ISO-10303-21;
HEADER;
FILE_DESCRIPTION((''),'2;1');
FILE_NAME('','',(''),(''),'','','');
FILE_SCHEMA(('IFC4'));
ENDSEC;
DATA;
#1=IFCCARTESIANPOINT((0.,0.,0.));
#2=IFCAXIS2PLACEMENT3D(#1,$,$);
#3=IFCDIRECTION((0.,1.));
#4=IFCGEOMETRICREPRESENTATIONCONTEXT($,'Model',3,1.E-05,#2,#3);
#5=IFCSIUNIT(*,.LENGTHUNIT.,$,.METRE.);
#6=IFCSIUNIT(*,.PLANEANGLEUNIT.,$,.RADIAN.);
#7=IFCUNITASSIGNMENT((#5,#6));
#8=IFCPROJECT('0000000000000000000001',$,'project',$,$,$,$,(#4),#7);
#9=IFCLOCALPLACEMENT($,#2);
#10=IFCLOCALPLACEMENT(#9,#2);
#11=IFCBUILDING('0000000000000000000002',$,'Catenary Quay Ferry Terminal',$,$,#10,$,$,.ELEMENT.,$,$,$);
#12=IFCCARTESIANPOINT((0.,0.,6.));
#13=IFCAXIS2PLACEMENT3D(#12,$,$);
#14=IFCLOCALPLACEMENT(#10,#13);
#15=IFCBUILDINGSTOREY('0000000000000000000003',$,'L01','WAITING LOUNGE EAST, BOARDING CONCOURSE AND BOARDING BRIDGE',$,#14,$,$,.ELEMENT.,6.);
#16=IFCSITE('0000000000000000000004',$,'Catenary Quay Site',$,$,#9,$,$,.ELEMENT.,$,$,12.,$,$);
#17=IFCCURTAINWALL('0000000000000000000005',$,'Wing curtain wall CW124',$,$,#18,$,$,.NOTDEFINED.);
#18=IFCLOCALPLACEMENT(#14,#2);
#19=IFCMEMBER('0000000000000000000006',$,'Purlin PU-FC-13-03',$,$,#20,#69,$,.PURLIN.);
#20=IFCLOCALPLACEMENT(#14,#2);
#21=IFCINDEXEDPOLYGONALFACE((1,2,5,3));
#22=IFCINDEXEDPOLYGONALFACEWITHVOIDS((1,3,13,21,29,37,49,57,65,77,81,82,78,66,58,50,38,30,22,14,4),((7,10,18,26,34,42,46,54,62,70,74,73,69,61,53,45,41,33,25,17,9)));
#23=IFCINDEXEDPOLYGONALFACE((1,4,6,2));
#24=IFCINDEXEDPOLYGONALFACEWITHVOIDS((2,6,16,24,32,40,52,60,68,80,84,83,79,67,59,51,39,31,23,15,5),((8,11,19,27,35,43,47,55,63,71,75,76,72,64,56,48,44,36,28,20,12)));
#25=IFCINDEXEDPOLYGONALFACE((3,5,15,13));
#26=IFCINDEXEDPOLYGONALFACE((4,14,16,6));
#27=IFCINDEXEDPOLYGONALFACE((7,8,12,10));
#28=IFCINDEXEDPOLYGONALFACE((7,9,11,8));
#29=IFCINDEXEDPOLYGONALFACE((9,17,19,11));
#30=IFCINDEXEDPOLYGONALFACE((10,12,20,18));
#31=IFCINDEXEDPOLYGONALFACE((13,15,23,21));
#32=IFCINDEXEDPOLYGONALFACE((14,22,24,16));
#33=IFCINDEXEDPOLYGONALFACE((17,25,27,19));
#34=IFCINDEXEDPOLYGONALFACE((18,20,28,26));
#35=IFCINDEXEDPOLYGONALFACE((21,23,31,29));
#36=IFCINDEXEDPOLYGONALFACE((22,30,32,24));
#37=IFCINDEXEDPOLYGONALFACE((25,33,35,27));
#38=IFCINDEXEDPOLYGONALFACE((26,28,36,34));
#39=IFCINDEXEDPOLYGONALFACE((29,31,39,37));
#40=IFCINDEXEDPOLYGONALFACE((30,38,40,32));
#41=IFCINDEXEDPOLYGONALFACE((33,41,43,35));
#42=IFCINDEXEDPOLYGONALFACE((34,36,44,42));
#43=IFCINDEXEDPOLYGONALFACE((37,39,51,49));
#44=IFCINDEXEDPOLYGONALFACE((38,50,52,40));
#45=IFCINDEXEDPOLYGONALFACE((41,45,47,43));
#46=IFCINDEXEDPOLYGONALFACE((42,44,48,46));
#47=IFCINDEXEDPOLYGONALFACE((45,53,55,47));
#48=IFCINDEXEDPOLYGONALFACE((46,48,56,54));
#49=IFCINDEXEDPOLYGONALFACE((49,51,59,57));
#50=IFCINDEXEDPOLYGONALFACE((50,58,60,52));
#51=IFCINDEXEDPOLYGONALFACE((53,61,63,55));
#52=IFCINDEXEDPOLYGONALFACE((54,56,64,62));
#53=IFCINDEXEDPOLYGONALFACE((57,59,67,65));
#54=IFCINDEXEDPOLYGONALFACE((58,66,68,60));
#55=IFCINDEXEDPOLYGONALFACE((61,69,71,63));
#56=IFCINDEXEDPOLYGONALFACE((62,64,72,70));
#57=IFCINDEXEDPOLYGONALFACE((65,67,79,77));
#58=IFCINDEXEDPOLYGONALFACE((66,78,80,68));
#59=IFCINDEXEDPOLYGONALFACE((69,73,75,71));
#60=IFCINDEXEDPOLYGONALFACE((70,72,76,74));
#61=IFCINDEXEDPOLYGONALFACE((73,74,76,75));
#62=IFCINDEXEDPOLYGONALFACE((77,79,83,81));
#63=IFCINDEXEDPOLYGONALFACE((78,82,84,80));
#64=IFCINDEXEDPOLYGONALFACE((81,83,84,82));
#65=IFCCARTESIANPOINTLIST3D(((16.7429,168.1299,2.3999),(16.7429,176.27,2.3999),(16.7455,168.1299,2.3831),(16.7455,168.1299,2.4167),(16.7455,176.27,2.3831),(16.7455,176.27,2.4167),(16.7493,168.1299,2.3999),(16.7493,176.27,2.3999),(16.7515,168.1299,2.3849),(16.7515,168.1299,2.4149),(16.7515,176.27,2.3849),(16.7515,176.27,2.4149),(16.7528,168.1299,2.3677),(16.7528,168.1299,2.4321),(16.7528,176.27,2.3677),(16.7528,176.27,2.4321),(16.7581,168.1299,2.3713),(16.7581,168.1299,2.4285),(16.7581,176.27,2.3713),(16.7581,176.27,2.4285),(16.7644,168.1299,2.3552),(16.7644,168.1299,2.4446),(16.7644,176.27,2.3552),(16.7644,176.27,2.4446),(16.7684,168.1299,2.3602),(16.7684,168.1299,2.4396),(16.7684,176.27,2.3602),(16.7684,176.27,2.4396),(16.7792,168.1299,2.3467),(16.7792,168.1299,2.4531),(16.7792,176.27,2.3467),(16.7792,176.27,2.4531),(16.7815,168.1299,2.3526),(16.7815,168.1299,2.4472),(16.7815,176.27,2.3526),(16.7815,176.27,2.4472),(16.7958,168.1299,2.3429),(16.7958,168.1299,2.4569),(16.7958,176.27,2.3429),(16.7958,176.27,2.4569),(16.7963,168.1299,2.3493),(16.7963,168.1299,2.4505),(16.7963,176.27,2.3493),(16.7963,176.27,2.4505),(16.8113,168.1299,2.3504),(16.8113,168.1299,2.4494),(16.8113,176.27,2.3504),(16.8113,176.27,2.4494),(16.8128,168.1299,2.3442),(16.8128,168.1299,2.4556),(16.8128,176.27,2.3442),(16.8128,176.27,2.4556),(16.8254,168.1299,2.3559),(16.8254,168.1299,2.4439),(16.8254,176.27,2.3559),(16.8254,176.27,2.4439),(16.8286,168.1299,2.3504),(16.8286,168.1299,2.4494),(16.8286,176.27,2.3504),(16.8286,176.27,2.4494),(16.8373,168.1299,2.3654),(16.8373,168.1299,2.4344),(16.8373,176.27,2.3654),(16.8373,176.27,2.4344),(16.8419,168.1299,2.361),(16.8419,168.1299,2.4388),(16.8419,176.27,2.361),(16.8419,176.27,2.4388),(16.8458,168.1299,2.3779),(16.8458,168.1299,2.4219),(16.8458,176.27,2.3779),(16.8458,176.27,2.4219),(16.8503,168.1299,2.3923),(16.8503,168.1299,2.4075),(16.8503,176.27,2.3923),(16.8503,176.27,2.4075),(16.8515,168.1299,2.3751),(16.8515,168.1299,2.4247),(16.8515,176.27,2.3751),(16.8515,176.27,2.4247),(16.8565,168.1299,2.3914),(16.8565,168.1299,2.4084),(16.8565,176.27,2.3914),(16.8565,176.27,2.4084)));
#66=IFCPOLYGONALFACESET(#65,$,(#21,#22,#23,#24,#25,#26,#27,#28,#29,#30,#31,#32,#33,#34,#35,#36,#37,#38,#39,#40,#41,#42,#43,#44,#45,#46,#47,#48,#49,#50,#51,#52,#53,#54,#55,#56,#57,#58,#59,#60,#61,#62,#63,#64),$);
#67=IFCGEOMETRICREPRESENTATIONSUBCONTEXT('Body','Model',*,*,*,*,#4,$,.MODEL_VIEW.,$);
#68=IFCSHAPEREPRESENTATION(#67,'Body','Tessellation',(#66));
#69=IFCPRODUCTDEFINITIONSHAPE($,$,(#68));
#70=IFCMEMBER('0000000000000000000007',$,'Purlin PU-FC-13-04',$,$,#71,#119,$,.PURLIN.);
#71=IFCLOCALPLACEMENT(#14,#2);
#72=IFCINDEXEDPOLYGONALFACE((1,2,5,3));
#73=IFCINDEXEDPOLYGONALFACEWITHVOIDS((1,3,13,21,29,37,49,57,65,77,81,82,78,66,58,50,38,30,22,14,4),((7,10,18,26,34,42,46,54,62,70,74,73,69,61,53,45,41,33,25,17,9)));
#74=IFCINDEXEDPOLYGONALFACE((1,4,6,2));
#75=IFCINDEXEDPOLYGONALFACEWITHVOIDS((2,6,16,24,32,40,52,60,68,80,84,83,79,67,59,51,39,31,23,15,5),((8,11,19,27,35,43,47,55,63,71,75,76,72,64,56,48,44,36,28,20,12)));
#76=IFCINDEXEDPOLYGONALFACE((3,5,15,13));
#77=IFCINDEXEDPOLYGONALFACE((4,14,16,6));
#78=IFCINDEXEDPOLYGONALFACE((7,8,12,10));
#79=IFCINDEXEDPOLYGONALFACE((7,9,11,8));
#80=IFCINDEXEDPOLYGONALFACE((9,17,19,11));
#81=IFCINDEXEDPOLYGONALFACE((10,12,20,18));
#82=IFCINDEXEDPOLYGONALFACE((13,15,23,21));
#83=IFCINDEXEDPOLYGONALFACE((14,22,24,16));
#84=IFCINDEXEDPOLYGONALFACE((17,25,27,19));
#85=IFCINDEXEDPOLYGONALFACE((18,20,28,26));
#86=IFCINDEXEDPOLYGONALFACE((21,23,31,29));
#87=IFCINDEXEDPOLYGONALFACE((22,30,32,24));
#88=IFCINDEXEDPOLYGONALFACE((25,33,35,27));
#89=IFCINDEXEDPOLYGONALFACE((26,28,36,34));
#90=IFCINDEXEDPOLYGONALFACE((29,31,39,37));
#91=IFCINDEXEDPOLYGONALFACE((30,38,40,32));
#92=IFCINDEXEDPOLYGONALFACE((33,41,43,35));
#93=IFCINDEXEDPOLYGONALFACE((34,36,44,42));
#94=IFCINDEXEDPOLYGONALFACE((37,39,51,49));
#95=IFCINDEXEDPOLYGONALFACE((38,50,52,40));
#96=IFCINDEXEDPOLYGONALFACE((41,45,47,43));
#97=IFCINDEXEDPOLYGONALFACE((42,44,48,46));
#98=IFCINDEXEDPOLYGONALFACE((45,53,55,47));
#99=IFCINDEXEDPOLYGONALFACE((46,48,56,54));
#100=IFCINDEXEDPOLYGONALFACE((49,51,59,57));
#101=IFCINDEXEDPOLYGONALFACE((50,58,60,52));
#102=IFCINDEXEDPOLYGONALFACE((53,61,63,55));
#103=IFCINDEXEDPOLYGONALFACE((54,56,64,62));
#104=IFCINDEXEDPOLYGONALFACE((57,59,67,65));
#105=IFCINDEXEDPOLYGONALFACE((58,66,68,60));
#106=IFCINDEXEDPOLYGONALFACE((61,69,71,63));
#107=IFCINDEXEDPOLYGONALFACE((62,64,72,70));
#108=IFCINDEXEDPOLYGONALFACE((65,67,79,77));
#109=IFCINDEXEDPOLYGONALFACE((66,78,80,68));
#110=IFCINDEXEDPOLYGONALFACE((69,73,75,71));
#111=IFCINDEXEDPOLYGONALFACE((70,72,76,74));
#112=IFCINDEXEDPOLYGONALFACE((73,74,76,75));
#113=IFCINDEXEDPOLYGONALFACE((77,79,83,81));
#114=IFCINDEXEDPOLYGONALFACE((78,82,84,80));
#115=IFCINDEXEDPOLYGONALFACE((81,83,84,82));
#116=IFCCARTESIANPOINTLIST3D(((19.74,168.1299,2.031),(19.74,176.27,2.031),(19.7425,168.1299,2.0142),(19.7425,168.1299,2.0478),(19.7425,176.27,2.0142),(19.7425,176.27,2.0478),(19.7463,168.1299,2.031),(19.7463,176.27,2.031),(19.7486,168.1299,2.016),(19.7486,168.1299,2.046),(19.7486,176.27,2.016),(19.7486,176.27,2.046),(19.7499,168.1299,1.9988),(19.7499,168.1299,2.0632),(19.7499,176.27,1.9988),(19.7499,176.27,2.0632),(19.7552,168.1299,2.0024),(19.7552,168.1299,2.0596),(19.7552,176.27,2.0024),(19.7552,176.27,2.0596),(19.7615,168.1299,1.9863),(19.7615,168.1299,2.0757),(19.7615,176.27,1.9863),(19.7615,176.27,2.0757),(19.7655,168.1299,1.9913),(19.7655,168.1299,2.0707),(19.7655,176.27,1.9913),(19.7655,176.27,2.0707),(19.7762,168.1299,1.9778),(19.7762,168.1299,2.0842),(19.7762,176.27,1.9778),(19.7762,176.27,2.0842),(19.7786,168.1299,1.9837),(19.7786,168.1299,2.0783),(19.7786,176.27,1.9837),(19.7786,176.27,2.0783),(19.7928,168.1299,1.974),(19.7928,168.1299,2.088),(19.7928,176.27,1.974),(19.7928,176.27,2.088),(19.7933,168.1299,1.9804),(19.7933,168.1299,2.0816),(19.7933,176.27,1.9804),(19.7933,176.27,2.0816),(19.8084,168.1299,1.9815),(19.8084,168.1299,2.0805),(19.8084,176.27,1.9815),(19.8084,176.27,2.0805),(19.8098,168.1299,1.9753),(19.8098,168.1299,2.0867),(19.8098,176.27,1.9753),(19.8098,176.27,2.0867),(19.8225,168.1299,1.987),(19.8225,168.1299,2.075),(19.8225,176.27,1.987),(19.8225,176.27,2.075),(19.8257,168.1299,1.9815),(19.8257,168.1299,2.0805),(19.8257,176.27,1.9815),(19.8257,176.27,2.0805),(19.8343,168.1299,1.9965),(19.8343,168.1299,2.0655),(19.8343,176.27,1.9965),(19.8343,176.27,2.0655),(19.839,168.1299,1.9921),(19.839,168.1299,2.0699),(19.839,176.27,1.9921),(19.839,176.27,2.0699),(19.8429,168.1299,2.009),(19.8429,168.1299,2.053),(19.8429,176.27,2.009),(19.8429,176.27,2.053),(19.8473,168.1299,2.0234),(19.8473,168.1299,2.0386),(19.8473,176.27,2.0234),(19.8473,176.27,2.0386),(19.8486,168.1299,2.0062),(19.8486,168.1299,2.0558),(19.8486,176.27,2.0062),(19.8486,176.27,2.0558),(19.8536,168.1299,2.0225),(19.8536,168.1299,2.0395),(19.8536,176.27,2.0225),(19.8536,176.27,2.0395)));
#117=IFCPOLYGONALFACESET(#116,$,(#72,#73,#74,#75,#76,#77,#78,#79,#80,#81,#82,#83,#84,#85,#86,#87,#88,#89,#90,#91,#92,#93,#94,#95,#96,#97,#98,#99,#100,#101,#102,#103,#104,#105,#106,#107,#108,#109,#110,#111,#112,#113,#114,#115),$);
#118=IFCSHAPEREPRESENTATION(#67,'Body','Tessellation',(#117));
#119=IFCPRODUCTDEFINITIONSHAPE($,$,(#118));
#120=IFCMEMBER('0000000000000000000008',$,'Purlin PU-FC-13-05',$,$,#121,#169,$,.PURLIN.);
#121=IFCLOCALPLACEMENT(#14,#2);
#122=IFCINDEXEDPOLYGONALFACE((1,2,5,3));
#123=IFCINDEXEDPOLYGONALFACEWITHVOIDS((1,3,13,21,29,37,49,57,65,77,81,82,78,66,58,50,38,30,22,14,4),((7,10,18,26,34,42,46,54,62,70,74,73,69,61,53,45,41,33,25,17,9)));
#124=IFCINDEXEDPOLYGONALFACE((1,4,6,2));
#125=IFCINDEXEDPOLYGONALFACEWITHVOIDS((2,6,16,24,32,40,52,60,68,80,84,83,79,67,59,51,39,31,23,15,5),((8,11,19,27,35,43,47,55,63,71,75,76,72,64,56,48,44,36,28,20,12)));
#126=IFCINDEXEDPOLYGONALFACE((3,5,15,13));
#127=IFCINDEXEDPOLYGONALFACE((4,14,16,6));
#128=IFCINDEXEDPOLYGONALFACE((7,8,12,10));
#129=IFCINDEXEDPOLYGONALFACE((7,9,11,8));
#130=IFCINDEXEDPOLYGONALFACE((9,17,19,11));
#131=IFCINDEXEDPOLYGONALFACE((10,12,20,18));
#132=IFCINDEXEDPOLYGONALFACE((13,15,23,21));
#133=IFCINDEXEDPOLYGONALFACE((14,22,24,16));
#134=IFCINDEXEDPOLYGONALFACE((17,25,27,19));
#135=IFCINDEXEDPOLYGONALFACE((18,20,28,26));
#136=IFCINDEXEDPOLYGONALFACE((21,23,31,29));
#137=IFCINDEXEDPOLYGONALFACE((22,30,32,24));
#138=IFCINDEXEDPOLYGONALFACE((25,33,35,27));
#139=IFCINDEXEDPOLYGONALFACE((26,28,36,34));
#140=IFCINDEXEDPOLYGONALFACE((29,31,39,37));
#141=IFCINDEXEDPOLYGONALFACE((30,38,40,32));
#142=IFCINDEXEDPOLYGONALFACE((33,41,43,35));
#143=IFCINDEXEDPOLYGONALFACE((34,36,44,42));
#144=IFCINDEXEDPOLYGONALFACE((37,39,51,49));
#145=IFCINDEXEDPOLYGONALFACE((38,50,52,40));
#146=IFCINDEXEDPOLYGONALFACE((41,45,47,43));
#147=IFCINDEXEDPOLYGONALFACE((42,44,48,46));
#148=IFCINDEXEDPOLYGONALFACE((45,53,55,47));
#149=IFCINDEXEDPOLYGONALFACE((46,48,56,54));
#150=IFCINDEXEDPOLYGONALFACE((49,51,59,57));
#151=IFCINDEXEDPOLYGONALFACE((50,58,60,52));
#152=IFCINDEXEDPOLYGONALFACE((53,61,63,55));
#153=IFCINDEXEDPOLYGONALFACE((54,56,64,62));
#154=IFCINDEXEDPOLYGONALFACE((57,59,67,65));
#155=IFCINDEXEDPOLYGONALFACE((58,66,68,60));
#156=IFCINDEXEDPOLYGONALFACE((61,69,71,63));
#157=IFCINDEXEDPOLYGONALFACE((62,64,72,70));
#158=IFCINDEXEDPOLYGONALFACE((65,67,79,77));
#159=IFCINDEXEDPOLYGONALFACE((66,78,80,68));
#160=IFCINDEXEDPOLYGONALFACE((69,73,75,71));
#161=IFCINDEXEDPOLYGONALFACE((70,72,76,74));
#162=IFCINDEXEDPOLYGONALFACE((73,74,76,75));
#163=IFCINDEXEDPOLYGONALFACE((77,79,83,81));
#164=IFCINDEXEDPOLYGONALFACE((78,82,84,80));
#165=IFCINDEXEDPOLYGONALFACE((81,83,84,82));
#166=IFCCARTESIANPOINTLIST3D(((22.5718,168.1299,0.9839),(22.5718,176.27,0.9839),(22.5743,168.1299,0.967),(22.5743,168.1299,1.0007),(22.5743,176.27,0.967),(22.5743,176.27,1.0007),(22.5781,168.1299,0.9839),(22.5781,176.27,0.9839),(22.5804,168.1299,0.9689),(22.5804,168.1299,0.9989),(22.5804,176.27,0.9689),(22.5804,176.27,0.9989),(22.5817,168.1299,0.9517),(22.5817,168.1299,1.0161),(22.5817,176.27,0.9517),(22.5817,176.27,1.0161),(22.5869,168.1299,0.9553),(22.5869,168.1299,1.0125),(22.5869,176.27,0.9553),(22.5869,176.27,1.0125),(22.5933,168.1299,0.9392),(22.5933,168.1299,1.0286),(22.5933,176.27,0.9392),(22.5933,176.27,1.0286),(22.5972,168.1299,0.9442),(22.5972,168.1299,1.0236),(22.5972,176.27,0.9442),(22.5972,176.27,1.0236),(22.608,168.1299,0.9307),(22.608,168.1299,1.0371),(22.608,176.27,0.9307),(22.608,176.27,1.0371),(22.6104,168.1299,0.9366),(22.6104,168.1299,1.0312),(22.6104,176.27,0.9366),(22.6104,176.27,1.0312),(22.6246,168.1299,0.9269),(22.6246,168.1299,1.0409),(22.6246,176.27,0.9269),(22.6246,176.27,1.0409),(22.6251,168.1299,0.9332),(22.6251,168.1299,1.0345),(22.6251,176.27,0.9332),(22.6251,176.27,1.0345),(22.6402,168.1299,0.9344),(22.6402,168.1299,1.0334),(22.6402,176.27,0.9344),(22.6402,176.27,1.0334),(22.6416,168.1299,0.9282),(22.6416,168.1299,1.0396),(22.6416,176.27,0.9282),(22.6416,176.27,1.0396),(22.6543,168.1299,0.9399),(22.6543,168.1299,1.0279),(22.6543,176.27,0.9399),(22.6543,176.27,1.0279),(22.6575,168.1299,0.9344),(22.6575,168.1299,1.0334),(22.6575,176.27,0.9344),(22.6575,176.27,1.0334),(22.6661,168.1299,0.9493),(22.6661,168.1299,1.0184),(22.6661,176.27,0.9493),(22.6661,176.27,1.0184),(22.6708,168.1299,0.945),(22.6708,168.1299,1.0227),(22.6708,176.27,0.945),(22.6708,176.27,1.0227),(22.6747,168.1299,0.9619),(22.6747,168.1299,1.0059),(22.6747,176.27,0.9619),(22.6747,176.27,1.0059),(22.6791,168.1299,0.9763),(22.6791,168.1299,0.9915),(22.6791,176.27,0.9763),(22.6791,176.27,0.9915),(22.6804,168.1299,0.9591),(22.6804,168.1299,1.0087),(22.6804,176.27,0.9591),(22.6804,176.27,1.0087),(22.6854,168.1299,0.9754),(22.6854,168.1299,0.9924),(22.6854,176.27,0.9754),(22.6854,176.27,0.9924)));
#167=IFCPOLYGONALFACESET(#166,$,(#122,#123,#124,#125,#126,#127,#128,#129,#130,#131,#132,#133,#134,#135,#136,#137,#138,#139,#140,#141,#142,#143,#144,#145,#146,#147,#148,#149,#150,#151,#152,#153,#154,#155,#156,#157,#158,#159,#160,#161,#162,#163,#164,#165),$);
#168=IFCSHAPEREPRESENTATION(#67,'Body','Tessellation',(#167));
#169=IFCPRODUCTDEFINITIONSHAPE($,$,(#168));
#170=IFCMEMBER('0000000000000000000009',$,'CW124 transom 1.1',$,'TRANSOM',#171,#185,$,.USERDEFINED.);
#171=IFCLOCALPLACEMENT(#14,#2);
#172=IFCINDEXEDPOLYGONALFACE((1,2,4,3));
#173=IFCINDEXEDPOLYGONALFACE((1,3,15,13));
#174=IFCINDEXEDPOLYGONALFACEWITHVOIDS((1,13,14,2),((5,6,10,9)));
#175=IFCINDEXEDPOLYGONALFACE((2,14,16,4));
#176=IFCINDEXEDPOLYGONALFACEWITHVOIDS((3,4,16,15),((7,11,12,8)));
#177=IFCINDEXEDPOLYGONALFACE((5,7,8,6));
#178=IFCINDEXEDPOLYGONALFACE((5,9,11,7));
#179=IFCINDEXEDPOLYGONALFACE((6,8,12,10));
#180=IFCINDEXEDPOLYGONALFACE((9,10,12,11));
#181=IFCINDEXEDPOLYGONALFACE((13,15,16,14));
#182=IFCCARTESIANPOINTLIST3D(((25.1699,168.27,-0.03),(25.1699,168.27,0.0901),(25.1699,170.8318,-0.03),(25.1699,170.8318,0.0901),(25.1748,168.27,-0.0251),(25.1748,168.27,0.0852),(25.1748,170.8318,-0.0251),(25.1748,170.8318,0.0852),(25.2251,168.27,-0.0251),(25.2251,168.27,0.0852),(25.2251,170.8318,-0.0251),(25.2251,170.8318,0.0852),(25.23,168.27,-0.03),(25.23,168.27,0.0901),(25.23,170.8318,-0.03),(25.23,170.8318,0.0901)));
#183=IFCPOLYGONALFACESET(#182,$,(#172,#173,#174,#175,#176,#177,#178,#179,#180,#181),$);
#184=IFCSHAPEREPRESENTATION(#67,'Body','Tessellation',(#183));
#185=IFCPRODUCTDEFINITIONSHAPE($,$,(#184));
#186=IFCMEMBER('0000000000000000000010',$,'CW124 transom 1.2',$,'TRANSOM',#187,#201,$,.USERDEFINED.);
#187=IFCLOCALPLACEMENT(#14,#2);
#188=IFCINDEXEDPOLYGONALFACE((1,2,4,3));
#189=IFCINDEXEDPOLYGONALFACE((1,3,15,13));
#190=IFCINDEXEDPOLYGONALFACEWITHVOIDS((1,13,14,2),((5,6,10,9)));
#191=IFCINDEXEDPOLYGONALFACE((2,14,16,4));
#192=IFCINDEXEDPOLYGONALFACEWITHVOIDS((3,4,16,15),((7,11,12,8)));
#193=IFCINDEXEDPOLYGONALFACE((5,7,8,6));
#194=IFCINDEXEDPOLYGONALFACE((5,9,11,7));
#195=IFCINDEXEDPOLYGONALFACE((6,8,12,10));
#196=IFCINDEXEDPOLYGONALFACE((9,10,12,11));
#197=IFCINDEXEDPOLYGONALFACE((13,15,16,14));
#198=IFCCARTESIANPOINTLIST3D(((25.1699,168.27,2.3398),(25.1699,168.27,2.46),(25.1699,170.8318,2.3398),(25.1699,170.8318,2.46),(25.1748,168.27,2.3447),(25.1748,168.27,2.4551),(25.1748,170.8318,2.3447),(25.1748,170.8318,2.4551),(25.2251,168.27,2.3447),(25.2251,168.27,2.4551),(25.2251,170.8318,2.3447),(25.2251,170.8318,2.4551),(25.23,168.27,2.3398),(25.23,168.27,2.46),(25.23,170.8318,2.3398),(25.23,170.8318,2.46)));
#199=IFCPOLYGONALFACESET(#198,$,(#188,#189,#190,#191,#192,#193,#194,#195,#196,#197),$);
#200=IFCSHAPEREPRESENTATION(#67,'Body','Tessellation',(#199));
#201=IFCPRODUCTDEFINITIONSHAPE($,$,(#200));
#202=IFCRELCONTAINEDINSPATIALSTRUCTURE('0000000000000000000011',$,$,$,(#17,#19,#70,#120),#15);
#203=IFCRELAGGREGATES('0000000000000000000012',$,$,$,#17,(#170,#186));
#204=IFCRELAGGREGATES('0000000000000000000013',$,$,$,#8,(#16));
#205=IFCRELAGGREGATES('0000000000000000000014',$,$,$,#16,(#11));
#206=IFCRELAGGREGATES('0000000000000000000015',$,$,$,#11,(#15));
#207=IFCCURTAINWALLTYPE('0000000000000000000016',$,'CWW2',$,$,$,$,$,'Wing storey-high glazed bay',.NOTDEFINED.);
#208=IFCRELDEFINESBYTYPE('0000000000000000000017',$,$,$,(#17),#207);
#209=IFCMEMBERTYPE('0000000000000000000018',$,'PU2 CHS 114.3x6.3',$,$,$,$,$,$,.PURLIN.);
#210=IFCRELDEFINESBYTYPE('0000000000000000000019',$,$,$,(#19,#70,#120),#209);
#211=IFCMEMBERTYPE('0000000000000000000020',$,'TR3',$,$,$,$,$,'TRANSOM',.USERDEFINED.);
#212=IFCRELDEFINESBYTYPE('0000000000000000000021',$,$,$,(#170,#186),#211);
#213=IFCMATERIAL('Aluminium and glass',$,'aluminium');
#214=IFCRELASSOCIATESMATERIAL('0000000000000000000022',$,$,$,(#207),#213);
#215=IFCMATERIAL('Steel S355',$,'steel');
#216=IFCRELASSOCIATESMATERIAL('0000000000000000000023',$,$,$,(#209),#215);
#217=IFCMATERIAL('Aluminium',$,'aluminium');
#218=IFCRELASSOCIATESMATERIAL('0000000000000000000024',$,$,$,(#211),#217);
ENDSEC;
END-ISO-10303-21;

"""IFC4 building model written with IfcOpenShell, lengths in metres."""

from ifc_helpers import new_model, si_unit, direction, frame, origin, origin_2d, place, context, subcontext, project, spatial, hollow_rectangle, hollow_circle, extrude, material, material_profile, profile_set, type_object, element, aggregate, save


model = new_model("IFC4")

# Units and contexts
model_context = context("Model", 3, precision=1e-05, world=origin(), true_north=direction((0.0, 1.0)))
body_context = subcontext(model_context, "Body", "Model", "MODEL_VIEW")
ifc_project = project(units=[si_unit("LENGTHUNIT", "METRE"), si_unit("PLANEANGLEUNIT", "RADIAN")], contexts=[model_context])

# Site, building, storey
site_placement = place(None, origin())
site = spatial("IfcSite", under=ifc_project, at=site_placement, Name="Catenary Quay Site", CompositionType="ELEMENT", RefElevation=12.0)
building_placement = place(site_placement, origin())
building = spatial("IfcBuilding", under=site, at=building_placement, Name="Catenary Quay Ferry Terminal", CompositionType="ELEMENT")
storey_placement = place(building_placement, frame((0.0, 0.0, 6.0)))
storey = spatial("IfcBuildingStorey", under=building, at=storey_placement, Name="L01", Description="WAITING LOUNGE EAST, BOARDING CONCOURSE AND BOARDING BRIDGE", CompositionType="ELEMENT", Elevation=6.0)

# Curtain wall
ifc_material_1 = material(Name="Aluminium and glass", Category="aluminium")
curtain_wall_type = type_object("IfcCurtainWallType", Name="CWW2", ElementType="Wing storey-high glazed bay", PredefinedType="NOTDEFINED", material=ifc_material_1)
curtain_wall_placement = place(storey_placement, origin())
curtain_wall = element("IfcCurtainWall", 1, at=curtain_wall_placement, inside=storey, type_object=curtain_wall_type, Name="Wing curtain wall CW124", PredefinedType="NOTDEFINED")

# Members
ifc_material_2 = material(Name="Steel S355", Category="steel")
ifc_material_profile_1 = material_profile(ifc_material_2, hollow_circle(Radius=0.0571, WallThickness=0.0063, at=origin_2d()), Name="CHS 114.3x6.3")
ifc_profile_set_1 = profile_set([ifc_material_profile_1], Name="Steel S355")
member_type_1 = type_object("IfcMemberType", Name="PU2 CHS 114.3x6.3", PredefinedType="PURLIN", material=ifc_profile_set_1)
for number, where, z_axis, x_axis, name in (
    (2, (16.8, 168.1299, 2.3999), (0.0, 1.0, 0.0), (-1.0, 0.0, 0.0), "Purlin PU-FC-13-03"),
    (3, (19.7971, 168.1299, 2.031), (0.0, 1.0, 0.0), (-1.0, 0.0, 0.0), "Purlin PU-FC-13-04"),
    (4, (22.6289, 168.1299, 0.9839), (0.0, 1.0, 0.0), (-1.0, 0.0, 0.0), "Purlin PU-FC-13-05"),
):
    element("IfcMember", number, at=place(storey_placement, frame(where, z_axis=z_axis, x_axis=x_axis)), inside=storey, type_object=member_type_1, Name=name, PredefinedType="PURLIN", context=body_context, shape_type="SweptSolid", body=[
        extrude(hollow_circle(Radius=0.0571, WallThickness=0.0063, at=origin_2d()), origin(), (0.0, 0.0, 1.0), 8.1401),
    ])

# Members
ifc_material_3 = material(Name="Aluminium", Category="aluminium")
ifc_material_profile_2 = material_profile(ifc_material_3, hollow_rectangle(XDim=0.0601, YDim=0.1201, WallThickness=0.0049, at=origin_2d()), Name="TR3")
ifc_profile_set_2 = profile_set([ifc_material_profile_2], Name="Aluminium")
member_type_2 = type_object("IfcMemberType", Name="TR3", ElementType="TRANSOM", PredefinedType="USERDEFINED", material=ifc_profile_set_2)
member_1_placement = place(storey_placement, frame((25.2, 168.27, 0.03), z_axis=(0.0, 1.0, 0.0), x_axis=(-1.0, 0.0, 0.0)))
member_1 = element("IfcMember", 5, at=member_1_placement, type_object=member_type_2, Name="CW124 transom 1.1", ObjectType="TRANSOM", PredefinedType="USERDEFINED", context=body_context, shape_type="SweptSolid", body=[
    extrude(hollow_rectangle(XDim=0.0601, YDim=0.1201, WallThickness=0.0049, at=origin_2d()), origin(), (0.0, 0.0, 1.0), 2.5618),
])
member_2_placement = place(storey_placement, frame((25.2, 168.27, 2.3999), z_axis=(0.0, 1.0, 0.0), x_axis=(-1.0, 0.0, 0.0)))
member_2 = element("IfcMember", 6, at=member_2_placement, type_object=member_type_2, Name="CW124 transom 1.2", ObjectType="TRANSOM", PredefinedType="USERDEFINED", context=body_context, shape_type="SweptSolid", body=[
    extrude(hollow_rectangle(XDim=0.0601, YDim=0.1201, WallThickness=0.0049, at=origin_2d()), origin(), (0.0, 0.0, 1.0), 2.5618),
])

aggregate(curtain_wall, [member_1, member_2])

save(model, "model.ifc")
